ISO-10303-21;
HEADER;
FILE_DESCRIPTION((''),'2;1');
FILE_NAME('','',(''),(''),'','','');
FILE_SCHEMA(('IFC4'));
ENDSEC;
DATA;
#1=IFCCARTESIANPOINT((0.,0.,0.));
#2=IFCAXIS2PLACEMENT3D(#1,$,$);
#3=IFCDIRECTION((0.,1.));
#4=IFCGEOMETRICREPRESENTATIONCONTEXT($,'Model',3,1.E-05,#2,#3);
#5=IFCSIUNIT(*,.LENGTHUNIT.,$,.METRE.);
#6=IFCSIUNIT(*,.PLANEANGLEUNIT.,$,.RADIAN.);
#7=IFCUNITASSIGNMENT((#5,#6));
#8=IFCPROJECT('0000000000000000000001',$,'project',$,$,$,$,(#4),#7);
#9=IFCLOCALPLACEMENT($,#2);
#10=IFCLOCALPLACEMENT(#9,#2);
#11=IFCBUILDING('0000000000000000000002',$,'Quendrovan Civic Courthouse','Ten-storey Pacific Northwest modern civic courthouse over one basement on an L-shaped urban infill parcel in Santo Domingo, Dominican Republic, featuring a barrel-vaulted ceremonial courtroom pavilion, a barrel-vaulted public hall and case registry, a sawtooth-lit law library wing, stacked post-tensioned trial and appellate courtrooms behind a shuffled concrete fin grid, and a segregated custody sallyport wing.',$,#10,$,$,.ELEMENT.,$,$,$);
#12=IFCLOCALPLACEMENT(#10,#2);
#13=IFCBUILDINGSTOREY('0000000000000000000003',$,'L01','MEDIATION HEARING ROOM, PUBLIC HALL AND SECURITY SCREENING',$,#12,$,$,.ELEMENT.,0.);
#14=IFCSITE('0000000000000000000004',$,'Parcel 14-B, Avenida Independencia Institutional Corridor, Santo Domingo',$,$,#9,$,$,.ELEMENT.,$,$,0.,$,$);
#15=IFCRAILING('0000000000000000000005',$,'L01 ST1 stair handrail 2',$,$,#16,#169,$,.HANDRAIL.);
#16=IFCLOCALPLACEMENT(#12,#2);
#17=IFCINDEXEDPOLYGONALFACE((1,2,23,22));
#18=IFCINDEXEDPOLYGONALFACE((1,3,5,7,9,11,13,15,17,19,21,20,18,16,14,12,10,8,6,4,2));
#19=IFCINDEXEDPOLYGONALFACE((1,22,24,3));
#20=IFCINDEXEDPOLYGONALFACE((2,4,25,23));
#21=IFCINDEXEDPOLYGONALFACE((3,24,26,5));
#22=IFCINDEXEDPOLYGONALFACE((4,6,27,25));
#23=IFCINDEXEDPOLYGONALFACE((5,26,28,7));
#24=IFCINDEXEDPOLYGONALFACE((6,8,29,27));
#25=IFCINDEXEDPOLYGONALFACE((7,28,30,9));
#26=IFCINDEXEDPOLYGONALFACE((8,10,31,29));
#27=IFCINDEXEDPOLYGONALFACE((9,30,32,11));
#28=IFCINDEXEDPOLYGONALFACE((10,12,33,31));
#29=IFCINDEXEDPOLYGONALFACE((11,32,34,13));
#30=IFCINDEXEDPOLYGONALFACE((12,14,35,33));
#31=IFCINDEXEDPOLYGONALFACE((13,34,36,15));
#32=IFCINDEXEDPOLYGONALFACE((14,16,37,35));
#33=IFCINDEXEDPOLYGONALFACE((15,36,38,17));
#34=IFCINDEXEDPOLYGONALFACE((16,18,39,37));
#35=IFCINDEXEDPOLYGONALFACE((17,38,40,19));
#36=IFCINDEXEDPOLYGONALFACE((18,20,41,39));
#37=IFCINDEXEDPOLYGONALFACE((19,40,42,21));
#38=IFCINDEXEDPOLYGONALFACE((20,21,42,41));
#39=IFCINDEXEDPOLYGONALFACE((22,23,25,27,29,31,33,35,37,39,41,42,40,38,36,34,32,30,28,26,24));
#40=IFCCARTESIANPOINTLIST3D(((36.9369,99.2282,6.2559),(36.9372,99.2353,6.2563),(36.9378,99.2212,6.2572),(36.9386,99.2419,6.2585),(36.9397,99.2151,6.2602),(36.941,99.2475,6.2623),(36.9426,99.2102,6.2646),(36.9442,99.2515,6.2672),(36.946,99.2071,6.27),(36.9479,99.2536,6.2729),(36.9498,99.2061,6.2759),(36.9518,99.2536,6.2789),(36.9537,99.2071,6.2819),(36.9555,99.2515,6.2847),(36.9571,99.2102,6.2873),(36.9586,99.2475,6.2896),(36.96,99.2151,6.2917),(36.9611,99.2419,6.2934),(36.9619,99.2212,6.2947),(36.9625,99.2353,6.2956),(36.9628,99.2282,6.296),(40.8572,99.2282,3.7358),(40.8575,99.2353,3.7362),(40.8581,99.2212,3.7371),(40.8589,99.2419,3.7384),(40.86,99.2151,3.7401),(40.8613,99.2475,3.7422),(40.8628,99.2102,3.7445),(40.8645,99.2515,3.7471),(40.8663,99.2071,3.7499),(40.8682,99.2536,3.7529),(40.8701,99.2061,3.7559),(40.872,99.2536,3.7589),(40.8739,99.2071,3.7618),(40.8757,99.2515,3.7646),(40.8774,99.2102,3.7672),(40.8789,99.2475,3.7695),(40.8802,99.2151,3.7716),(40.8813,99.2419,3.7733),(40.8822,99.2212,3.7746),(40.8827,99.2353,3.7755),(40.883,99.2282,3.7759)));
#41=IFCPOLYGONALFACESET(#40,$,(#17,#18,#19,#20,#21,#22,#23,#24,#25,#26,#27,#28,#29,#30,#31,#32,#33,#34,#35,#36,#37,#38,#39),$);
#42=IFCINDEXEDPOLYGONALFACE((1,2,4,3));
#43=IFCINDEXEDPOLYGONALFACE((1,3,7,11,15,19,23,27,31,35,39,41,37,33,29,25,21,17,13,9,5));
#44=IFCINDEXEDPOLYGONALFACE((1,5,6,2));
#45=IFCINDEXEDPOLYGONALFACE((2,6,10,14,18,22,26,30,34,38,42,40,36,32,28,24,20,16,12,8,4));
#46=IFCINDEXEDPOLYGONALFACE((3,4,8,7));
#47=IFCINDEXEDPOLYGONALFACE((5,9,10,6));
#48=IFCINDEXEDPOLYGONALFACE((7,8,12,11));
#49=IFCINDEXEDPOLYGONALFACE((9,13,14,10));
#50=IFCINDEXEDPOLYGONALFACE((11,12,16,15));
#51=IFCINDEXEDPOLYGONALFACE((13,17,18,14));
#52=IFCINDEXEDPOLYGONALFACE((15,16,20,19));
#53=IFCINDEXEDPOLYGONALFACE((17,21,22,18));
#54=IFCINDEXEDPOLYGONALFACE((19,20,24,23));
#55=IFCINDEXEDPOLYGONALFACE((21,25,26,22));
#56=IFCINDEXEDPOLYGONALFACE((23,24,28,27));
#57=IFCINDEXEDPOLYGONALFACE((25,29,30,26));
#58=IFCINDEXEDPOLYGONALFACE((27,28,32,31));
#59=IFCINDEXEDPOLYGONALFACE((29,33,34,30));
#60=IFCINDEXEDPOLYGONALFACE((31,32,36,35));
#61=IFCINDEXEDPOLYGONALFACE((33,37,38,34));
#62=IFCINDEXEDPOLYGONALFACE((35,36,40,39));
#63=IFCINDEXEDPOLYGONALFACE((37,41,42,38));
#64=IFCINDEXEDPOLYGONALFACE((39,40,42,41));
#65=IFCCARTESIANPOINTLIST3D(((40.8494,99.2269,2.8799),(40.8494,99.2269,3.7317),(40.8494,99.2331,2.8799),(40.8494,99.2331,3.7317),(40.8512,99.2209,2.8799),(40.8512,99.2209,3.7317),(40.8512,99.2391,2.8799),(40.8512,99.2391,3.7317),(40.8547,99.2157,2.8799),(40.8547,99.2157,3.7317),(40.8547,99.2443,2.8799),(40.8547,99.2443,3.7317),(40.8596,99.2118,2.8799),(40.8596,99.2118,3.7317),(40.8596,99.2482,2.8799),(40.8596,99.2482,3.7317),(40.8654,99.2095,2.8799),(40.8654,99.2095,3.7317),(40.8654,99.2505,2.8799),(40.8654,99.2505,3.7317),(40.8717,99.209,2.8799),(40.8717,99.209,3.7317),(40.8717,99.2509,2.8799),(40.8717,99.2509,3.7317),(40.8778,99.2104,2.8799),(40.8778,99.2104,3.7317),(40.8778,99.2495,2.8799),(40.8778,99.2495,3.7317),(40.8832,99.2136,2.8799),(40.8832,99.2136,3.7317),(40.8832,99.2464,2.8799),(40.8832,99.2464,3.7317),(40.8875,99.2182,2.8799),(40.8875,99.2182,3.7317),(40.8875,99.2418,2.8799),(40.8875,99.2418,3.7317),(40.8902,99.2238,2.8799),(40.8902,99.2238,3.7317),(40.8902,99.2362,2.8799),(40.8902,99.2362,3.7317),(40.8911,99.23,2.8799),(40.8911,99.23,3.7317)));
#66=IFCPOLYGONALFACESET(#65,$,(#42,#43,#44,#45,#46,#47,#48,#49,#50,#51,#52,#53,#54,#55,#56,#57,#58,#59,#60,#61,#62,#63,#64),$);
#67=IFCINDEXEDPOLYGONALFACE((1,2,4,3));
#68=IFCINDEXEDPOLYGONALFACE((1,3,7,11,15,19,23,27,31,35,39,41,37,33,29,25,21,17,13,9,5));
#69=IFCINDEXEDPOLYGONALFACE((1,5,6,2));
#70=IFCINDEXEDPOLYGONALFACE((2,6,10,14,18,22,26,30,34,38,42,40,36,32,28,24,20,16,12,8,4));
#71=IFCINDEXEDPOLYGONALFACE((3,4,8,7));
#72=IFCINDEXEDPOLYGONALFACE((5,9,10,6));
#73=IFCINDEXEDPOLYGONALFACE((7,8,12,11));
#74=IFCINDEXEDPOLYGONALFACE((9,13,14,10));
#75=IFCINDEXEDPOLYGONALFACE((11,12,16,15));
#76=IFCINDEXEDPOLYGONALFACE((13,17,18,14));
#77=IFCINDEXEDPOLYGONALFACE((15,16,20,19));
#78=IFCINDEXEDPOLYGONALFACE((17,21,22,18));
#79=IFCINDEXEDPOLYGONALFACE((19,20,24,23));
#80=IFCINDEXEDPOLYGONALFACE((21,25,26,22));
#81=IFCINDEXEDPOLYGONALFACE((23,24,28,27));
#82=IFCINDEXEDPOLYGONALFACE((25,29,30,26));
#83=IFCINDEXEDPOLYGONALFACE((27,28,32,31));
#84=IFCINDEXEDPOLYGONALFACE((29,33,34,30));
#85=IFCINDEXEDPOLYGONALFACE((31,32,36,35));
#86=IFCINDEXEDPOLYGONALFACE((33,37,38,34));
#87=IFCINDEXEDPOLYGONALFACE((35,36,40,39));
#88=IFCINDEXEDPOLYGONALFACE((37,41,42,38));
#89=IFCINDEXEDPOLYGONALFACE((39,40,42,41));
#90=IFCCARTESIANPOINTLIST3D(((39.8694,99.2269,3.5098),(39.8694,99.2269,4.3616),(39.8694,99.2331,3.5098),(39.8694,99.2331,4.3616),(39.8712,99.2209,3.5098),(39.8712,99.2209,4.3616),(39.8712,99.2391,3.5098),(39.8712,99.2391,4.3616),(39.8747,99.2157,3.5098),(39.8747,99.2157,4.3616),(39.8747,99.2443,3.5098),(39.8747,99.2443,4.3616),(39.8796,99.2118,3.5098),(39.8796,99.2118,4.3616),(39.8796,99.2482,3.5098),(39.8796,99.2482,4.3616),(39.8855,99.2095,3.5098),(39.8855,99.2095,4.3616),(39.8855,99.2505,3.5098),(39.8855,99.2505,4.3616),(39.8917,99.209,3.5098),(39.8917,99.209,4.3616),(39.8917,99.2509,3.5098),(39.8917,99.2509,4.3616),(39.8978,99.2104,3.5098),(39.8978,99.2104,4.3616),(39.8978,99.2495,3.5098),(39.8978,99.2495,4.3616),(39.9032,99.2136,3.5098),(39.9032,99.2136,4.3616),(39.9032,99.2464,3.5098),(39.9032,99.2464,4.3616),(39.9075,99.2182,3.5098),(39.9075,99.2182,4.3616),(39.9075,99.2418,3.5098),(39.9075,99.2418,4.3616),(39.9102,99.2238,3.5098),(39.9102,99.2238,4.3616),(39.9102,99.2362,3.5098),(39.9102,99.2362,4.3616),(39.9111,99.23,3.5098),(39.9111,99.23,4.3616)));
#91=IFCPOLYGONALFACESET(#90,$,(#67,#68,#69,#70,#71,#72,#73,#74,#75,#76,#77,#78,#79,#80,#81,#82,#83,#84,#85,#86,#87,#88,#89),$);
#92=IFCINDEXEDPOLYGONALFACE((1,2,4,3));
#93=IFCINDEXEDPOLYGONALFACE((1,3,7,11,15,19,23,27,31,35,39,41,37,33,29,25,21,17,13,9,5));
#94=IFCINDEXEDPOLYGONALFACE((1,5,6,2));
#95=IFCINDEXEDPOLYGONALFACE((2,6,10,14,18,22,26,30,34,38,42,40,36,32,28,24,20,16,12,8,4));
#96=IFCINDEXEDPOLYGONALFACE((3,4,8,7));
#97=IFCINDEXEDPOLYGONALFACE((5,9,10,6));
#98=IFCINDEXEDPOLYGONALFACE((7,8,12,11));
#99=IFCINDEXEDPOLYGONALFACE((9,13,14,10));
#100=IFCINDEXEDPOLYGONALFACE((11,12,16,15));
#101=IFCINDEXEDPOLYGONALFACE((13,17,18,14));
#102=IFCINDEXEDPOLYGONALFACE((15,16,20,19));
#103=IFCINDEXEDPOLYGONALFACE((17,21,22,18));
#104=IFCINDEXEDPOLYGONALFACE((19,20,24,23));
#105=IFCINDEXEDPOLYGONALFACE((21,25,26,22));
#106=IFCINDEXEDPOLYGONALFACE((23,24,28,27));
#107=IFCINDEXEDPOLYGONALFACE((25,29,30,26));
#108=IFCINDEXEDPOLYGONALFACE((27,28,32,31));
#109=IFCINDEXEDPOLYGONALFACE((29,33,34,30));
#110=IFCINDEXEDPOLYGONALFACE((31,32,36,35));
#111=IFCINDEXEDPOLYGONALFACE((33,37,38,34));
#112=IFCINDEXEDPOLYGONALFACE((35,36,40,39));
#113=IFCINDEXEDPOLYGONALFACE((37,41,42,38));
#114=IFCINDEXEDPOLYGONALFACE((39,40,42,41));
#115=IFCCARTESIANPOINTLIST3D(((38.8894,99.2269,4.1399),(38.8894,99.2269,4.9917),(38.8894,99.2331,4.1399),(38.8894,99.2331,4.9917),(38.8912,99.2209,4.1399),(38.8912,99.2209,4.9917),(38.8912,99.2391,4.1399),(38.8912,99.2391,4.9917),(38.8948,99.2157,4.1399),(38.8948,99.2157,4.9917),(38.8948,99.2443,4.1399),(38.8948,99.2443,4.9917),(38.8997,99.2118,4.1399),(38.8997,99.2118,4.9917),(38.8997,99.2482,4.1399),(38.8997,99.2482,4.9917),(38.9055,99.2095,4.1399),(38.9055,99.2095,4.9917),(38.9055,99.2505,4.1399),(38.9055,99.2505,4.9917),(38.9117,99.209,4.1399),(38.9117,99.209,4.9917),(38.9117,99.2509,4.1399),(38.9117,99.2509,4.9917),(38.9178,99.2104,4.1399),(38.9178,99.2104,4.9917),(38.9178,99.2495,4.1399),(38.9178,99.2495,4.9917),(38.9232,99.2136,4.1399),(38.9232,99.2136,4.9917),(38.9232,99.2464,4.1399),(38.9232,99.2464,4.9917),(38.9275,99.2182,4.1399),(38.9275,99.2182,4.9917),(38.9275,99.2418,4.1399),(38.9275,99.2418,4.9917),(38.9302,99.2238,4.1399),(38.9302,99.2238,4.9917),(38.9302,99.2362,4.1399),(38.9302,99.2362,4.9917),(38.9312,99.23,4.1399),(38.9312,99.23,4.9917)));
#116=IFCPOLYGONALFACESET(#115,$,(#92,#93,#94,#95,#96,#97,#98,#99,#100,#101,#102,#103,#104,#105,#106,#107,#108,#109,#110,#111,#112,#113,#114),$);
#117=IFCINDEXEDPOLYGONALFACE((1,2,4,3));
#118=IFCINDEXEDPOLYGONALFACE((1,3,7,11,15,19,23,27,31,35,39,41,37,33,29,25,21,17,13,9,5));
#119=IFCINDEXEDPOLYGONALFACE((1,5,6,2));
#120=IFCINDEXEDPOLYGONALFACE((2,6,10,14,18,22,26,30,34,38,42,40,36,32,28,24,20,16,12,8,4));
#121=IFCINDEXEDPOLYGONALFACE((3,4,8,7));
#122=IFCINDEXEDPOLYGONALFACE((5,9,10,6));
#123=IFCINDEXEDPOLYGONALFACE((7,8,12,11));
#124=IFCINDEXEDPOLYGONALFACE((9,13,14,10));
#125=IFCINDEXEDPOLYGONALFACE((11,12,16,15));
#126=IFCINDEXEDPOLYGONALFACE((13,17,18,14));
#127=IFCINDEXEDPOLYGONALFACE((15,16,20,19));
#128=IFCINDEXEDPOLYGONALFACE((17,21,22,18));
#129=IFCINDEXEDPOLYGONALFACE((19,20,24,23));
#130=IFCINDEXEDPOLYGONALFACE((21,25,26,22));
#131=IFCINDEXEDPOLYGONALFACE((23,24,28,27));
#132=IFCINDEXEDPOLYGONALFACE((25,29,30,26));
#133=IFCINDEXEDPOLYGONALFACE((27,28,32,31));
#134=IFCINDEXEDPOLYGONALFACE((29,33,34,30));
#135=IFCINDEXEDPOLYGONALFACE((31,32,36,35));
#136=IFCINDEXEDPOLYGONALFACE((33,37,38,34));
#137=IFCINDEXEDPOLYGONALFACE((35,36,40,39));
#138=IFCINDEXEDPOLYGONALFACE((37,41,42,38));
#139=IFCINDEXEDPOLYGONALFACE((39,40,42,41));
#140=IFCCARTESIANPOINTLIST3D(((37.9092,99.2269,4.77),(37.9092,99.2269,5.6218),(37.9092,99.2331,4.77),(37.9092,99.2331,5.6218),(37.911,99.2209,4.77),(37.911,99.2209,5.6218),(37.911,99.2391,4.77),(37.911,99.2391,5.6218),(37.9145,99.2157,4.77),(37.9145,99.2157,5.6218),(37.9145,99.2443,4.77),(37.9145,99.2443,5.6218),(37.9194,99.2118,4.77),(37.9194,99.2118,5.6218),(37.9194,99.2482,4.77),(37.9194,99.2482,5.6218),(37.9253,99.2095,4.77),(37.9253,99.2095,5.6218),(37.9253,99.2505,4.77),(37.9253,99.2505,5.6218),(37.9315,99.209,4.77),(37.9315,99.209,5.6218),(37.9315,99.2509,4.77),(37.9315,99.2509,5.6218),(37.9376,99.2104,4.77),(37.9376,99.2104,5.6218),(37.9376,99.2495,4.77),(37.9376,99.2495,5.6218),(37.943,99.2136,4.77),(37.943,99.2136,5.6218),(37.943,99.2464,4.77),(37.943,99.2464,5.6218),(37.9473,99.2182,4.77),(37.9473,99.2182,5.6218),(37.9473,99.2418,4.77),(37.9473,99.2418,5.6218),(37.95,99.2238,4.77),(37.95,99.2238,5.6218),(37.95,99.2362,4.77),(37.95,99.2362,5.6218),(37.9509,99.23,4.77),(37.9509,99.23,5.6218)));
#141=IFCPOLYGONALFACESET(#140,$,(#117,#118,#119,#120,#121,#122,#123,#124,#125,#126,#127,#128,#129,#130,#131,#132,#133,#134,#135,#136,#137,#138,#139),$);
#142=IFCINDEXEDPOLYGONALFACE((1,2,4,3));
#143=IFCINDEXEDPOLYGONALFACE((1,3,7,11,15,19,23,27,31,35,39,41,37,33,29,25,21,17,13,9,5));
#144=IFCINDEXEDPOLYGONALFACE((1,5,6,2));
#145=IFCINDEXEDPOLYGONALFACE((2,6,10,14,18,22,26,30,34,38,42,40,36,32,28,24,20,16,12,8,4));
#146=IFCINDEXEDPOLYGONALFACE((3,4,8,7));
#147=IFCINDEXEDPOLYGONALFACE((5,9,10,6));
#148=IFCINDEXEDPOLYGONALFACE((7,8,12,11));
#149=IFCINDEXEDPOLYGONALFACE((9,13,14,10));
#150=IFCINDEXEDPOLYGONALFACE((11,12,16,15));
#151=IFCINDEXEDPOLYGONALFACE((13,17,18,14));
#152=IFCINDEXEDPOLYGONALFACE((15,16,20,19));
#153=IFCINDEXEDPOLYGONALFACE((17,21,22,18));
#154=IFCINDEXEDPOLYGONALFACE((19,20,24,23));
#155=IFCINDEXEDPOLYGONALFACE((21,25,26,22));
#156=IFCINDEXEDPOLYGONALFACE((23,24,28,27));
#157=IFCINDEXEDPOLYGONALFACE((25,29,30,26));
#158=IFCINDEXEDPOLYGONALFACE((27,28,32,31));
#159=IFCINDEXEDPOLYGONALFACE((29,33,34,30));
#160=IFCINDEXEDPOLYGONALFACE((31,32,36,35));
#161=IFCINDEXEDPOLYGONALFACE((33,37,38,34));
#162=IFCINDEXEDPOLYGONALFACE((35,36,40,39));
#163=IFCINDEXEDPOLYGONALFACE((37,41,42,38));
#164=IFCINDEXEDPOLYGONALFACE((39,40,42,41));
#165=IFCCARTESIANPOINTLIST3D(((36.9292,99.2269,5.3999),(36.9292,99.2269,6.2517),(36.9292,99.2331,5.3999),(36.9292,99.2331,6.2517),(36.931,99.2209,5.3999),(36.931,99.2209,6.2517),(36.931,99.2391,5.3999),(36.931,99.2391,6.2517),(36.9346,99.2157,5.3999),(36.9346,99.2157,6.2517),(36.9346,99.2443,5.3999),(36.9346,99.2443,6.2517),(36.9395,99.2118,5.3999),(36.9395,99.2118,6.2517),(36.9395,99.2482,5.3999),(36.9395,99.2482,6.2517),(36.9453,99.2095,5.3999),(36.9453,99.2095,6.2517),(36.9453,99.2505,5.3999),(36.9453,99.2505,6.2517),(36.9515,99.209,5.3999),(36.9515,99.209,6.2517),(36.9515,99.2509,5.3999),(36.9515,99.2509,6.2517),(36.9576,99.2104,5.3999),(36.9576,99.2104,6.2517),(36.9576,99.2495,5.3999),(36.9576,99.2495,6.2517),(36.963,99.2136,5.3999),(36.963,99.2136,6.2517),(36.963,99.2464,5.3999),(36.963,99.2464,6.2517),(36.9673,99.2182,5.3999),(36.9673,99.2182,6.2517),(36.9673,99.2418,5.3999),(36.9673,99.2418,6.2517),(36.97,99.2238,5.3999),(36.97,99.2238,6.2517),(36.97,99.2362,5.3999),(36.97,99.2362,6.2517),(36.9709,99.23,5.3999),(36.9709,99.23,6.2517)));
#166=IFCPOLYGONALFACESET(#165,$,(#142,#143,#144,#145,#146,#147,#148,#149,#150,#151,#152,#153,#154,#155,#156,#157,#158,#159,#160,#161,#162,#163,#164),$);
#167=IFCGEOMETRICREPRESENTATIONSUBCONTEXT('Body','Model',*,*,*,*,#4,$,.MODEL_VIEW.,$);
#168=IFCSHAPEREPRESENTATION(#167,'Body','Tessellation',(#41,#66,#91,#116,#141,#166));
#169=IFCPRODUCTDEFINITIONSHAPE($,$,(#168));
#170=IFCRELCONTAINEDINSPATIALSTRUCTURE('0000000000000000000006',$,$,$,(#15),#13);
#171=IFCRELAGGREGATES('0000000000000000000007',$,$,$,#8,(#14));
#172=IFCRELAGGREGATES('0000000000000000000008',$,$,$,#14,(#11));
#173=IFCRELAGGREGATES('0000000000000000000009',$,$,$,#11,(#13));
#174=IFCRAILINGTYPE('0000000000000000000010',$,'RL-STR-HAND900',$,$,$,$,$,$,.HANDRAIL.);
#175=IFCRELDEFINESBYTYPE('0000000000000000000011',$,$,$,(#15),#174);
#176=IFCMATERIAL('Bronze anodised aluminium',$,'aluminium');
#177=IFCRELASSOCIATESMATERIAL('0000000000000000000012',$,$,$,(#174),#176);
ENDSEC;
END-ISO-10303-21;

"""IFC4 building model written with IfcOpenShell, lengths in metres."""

from ifc_helpers import new_model, si_unit, direction, frame, origin, origin_2d, place, context, subcontext, project, spatial, circle, extrude, material, type_object, element, save


model = new_model("IFC4")

# Units and contexts
model_context = context("Model", 3, precision=1e-05, world=origin(), true_north=direction((0.0, 1.0)))
body_context = subcontext(model_context, "Body", "Model", "MODEL_VIEW")
ifc_project = project(units=[si_unit("LENGTHUNIT", "METRE"), si_unit("PLANEANGLEUNIT", "RADIAN")], contexts=[model_context])

# Site, building, storey
site_placement = place(None, origin())
site = spatial("IfcSite", under=ifc_project, at=site_placement, Name="Parcel 14-B, Avenida Independencia Institutional Corridor, Santo Domingo", CompositionType="ELEMENT", RefElevation=0.0)
building_placement = place(site_placement, origin())
building = spatial("IfcBuilding", under=site, at=building_placement, Name="Quendrovan Civic Courthouse", Description="Ten-storey Pacific Northwest modern civic courthouse over one basement on an L-shaped urban infill parcel in Santo Domingo, Dominican Republic, featuring a barrel-vaulted ceremonial courtroom pavilion, a barrel-vaulted public hall and case registry, a sawtooth-lit law library wing, stacked post-tensioned trial and appellate courtrooms behind a shuffled concrete fin grid, and a segregated custody sallyport wing.", CompositionType="ELEMENT")
storey_placement = place(building_placement, origin())
storey = spatial("IfcBuildingStorey", under=building, at=storey_placement, Name="L01", Description="MEDIATION HEARING ROOM, PUBLIC HALL AND SECURITY SCREENING", CompositionType="ELEMENT", Elevation=0.0)

# Railing
ifc_material_1 = material(Name="Bronze anodised aluminium", Category="aluminium")
railing_type_1 = type_object("IfcRailingType", Name="RL-STR-HAND900", PredefinedType="HANDRAIL", material=ifc_material_1)
railing_1_placement = place(storey_placement, frame((40.8701, 99.23, 2.8799)))
element("IfcRailing", 1, at=railing_1_placement, inside=storey, type_object=railing_type_1, Name="L01 ST1 stair handrail 2", PredefinedType="HANDRAIL", context=body_context, shape_type="SweptSolid", body=[
    extrude(circle(Radius=0.0239, at=origin_2d()), frame((0.0, 0.0, 0.876), z_axis=(-0.841187, 0.0, 0.540744), x_axis=(0.0, -1.0, 0.0)), (0.0, 0.0, 1.0), 4.6604),
    extrude(circle(Radius=0.021, at=origin_2d()), origin(), (0.0, 0.0, 1.0), 0.8518),
    extrude(circle(Radius=0.021, at=origin_2d()), frame((-0.98, 0.0, 0.6299)), (0.0, 0.0, 1.0), 0.8518),
    extrude(circle(Radius=0.021, at=origin_2d()), frame((-1.96, 0.0, 1.26)), (0.0, 0.0, 1.0), 0.8518),
    extrude(circle(Radius=0.021, at=origin_2d()), frame((-2.9402, 0.0, 1.8901)), (0.0, 0.0, 1.0), 0.8518),
    extrude(circle(Radius=0.021, at=origin_2d()), frame((-3.9202, 0.0, 2.52)), (0.0, 0.0, 1.0), 0.8518),
])

save(model, "model.ifc")
